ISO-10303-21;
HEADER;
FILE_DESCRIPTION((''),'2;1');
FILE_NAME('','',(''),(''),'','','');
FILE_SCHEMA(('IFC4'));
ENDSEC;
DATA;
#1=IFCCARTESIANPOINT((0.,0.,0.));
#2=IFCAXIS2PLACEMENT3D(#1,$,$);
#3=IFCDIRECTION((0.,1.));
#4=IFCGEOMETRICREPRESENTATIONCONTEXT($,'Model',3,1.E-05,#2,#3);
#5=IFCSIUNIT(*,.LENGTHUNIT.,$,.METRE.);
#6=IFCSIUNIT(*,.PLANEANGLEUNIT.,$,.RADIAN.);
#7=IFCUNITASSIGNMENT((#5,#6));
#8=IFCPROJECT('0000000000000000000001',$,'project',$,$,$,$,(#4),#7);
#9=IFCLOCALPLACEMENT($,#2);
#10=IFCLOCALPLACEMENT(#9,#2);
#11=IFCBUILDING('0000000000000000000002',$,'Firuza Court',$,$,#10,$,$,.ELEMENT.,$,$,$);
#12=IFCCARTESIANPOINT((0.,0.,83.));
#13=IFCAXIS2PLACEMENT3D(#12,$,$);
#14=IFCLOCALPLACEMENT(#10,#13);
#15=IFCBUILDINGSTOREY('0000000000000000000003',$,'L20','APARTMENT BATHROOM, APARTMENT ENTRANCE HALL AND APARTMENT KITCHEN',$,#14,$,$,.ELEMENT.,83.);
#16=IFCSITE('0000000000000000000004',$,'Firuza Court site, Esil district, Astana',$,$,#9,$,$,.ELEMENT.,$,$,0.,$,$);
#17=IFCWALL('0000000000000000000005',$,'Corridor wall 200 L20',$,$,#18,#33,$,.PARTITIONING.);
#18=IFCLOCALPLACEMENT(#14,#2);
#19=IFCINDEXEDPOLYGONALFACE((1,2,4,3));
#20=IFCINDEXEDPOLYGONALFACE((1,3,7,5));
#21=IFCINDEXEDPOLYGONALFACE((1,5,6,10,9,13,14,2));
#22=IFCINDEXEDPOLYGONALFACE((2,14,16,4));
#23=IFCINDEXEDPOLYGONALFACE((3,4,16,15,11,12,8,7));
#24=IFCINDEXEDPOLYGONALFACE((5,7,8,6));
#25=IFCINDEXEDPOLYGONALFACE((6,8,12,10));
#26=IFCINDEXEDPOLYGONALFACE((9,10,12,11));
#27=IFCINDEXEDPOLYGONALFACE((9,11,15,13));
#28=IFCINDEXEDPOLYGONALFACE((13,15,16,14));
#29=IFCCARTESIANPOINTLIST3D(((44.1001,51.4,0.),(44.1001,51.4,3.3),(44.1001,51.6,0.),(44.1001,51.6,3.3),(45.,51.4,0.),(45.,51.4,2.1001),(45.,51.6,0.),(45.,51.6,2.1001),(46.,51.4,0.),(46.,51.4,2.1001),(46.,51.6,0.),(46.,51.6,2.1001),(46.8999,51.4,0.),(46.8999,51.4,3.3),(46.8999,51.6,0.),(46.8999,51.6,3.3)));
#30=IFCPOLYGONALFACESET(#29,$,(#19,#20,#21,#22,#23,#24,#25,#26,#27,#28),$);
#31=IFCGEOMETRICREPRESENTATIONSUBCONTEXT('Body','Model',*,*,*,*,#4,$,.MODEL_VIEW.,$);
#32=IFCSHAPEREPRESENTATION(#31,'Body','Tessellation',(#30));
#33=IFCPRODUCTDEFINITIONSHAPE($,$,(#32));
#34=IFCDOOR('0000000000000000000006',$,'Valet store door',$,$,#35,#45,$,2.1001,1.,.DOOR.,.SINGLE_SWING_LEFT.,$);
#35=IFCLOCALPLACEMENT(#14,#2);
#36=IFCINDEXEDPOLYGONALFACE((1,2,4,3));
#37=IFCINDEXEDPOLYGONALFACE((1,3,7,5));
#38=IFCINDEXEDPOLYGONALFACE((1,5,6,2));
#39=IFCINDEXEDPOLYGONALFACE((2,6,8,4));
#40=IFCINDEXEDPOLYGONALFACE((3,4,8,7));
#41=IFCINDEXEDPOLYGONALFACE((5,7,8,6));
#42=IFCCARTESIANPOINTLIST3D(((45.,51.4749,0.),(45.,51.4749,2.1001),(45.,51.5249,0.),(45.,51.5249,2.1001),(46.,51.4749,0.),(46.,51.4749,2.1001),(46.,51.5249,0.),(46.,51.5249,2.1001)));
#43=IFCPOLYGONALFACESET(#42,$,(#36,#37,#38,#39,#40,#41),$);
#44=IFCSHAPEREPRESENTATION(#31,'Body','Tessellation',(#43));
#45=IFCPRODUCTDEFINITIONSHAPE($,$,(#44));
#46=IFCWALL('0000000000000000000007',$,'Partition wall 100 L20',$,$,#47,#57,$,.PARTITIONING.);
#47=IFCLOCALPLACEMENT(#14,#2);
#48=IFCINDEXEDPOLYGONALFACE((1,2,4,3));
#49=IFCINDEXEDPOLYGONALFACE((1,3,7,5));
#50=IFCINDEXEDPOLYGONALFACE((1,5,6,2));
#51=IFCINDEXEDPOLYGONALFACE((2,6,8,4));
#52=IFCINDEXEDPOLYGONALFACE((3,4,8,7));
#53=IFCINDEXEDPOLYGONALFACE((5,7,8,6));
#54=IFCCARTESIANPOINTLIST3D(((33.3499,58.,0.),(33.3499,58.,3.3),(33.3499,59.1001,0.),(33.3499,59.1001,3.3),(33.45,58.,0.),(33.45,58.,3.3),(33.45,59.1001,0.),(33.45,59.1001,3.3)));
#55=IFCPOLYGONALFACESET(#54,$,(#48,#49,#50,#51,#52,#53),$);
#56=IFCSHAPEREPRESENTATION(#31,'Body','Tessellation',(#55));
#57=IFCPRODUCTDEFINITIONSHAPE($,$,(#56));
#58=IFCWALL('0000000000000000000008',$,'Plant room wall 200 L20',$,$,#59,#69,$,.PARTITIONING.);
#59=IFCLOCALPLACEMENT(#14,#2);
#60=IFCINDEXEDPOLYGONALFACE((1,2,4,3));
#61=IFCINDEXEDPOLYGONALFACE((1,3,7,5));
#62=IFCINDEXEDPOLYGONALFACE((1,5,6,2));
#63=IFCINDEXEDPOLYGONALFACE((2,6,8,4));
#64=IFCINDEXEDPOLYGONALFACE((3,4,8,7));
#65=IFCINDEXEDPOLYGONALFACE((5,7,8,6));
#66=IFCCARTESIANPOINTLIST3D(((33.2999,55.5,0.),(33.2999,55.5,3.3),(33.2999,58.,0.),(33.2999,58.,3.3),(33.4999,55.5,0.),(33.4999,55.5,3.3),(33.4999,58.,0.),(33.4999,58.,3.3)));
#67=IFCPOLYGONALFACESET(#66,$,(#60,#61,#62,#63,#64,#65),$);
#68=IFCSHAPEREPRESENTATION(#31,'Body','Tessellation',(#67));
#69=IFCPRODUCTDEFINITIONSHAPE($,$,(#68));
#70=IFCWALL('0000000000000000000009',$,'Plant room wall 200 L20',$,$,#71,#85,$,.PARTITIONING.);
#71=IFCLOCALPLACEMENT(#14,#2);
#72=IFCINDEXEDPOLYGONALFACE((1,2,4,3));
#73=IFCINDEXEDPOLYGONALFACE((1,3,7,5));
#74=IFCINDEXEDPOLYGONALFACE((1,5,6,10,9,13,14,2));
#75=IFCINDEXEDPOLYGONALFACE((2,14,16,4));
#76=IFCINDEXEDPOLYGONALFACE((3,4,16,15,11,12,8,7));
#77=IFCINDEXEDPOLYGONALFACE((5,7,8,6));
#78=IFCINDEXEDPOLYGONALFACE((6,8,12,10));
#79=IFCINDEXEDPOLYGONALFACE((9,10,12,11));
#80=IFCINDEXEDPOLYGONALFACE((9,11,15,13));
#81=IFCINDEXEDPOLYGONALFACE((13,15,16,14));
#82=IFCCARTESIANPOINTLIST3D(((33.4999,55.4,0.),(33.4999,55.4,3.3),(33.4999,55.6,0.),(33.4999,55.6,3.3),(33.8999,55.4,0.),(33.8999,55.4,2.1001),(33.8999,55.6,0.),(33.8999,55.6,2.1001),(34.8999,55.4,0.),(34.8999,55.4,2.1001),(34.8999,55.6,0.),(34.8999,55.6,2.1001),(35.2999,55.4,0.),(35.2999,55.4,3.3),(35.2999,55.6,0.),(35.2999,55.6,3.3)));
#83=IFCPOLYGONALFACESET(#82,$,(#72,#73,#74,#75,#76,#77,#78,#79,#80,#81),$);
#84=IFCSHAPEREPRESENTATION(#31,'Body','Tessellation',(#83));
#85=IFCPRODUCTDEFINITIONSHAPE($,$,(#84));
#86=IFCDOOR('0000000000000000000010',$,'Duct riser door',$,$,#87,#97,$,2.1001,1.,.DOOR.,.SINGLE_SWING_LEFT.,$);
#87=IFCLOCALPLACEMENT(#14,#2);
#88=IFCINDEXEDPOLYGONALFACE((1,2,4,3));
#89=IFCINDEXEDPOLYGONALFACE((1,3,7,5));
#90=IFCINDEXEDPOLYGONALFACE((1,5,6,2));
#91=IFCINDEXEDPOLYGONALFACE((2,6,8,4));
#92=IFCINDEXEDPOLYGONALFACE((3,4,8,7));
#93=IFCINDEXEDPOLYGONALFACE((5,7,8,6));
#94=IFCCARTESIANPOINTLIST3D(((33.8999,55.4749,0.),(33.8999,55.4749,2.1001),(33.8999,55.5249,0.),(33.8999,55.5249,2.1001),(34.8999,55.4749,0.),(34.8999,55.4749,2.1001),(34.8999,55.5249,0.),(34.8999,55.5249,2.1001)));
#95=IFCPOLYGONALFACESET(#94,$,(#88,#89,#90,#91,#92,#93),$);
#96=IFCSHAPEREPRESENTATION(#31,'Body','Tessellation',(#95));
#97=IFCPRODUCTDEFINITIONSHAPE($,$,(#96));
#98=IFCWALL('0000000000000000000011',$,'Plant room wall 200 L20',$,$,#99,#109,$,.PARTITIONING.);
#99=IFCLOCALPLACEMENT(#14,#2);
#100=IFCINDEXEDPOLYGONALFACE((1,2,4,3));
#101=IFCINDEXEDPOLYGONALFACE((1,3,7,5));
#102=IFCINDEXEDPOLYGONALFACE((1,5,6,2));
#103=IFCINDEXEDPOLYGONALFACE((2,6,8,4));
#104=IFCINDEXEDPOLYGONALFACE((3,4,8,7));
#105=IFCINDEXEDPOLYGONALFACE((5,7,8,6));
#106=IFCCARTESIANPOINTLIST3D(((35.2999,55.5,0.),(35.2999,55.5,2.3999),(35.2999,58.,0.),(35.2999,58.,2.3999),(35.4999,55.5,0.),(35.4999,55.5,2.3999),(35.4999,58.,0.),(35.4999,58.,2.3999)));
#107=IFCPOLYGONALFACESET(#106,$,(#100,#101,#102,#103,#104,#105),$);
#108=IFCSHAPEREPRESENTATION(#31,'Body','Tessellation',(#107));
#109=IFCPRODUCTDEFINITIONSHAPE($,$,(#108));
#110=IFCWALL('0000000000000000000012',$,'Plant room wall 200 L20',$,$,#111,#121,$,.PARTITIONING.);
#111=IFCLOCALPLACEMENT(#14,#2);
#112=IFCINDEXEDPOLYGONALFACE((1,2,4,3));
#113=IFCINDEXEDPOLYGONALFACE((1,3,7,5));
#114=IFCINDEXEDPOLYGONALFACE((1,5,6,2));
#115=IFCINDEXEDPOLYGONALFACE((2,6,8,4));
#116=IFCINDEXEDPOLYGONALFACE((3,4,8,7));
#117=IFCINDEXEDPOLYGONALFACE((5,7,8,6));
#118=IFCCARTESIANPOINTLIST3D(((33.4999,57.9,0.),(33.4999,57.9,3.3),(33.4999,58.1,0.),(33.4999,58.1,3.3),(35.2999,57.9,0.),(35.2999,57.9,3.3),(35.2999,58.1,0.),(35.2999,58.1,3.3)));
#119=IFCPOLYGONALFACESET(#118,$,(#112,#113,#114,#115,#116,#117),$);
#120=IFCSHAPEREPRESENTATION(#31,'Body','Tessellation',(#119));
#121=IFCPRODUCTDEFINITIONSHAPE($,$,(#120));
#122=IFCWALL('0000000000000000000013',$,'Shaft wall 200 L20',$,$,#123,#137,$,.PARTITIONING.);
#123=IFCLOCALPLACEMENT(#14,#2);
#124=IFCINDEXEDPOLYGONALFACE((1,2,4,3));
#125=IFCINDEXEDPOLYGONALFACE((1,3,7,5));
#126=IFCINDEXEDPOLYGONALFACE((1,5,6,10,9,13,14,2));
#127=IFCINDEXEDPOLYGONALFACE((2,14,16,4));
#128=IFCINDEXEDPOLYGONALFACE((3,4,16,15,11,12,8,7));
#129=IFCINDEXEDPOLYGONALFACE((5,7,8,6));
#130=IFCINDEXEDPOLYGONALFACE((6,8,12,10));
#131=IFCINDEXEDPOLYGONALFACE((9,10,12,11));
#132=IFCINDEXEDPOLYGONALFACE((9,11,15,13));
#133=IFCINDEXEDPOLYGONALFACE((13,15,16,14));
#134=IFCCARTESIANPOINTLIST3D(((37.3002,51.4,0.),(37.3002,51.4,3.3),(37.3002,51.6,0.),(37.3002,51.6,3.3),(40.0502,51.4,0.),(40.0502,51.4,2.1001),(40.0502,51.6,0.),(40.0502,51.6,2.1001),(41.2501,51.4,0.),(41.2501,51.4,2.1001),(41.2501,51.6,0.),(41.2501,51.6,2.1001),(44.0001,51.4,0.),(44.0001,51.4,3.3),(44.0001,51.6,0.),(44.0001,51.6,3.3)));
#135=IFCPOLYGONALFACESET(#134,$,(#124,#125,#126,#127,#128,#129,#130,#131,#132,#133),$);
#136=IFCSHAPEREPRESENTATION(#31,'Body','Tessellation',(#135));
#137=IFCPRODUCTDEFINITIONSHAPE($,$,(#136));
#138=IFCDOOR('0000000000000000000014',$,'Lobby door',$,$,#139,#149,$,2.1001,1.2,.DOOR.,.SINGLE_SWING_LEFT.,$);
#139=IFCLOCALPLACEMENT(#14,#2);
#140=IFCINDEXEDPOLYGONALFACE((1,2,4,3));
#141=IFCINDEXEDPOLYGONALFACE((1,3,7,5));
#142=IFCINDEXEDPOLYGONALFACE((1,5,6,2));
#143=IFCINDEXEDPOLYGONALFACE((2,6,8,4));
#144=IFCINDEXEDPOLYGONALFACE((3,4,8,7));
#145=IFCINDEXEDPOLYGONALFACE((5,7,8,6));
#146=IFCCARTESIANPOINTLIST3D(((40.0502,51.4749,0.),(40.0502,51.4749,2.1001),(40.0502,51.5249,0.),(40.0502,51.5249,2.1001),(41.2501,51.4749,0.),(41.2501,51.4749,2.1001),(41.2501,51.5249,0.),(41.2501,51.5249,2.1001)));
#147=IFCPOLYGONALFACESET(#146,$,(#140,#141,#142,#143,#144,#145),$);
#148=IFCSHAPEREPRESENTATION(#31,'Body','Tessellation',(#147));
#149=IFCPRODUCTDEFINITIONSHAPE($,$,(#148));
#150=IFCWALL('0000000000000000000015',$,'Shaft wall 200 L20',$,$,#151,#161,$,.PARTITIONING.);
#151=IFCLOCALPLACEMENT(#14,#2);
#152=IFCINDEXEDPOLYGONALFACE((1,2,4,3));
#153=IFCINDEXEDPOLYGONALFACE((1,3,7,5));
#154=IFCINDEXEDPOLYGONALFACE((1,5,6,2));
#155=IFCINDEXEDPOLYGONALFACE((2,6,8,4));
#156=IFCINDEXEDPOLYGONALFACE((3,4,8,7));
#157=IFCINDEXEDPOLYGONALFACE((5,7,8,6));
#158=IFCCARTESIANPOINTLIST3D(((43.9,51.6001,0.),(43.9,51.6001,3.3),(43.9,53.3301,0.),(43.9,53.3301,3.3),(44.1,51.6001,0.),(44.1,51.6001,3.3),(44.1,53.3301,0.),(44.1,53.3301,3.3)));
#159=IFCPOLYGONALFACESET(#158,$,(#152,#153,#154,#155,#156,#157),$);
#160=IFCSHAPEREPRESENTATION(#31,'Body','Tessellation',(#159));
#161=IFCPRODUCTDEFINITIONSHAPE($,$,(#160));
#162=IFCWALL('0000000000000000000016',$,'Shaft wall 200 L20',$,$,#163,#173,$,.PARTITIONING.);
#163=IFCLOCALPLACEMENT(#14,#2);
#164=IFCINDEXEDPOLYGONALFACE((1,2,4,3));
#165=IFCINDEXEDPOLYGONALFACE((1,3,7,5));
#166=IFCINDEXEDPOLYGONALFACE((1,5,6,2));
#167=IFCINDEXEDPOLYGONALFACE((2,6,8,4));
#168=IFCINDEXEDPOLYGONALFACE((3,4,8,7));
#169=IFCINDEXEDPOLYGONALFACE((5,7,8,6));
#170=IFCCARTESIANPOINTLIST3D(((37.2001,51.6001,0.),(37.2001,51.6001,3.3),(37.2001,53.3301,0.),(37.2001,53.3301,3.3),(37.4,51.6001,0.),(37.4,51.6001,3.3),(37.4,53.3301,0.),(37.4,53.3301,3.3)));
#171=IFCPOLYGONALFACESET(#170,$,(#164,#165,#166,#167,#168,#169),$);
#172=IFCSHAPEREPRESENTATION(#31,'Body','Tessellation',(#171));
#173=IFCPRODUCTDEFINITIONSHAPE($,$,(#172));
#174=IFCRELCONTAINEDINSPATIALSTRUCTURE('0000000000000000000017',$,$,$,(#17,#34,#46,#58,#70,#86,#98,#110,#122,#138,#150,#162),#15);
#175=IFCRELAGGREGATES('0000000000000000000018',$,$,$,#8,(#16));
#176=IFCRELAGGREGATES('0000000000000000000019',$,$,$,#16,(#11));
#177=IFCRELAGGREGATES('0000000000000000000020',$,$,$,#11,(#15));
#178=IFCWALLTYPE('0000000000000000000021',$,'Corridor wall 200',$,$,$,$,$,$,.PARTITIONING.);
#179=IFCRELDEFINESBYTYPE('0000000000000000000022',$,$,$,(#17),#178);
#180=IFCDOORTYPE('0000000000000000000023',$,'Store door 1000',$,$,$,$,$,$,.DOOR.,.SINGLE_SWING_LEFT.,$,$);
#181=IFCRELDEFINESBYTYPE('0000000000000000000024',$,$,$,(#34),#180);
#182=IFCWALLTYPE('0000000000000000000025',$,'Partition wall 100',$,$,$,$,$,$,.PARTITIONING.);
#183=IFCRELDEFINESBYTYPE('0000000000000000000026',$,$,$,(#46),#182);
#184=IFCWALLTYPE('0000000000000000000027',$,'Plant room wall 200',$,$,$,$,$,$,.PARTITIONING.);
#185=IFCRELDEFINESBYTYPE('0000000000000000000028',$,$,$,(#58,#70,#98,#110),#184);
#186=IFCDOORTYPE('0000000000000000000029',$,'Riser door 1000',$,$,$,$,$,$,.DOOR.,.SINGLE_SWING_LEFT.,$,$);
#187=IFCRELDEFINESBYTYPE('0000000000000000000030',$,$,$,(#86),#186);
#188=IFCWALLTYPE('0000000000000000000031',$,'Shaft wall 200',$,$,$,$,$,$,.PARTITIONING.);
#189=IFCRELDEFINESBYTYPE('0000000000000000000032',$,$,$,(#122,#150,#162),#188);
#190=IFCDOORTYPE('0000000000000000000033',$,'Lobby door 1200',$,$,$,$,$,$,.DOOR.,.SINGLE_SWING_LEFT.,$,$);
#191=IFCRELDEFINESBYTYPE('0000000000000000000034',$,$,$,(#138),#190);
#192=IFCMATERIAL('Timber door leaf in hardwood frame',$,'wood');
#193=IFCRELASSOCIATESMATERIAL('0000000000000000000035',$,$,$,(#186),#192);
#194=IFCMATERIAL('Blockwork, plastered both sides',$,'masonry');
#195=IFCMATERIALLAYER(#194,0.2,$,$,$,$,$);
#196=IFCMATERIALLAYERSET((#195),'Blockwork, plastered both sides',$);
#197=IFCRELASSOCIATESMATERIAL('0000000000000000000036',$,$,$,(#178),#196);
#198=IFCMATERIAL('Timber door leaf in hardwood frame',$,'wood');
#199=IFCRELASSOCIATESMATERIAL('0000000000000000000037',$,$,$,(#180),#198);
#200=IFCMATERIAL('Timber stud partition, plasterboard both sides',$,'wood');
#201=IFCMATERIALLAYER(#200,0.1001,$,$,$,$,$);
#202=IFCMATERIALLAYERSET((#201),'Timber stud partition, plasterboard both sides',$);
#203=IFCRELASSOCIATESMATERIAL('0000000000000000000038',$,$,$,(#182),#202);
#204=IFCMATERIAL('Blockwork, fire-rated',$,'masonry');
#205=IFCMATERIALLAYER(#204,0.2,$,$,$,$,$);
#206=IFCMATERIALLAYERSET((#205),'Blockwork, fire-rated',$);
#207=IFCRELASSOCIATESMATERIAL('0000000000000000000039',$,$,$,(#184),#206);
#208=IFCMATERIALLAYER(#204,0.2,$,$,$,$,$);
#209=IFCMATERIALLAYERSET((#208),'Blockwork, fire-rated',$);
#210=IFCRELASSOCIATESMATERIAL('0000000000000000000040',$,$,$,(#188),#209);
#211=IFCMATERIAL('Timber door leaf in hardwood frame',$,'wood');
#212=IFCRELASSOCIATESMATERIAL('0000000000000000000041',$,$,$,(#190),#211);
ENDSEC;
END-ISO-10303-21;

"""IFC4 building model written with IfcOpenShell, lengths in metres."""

from ifc_helpers import new_model, si_unit, direction, frame, frame_2d, origin, place, context, subcontext, project, spatial, rectangle, extrude, material, layer, layer_set, type_object, element, fill, save


model = new_model("IFC4")

# Units and contexts
model_context = context("Model", 3, precision=1e-05, world=origin(), true_north=direction((0.0, 1.0)))
body_context = subcontext(model_context, "Body", "Model", "MODEL_VIEW")
ifc_project = project(units=[si_unit("LENGTHUNIT", "METRE"), si_unit("PLANEANGLEUNIT", "RADIAN")], contexts=[model_context])

# Site, building, storey
site_placement = place(None, origin())
site = spatial("IfcSite", under=ifc_project, at=site_placement, Name="Firuza Court site, Esil district, Astana", CompositionType="ELEMENT", RefElevation=0.0)
building_placement = place(site_placement, origin())
building = spatial("IfcBuilding", under=site, at=building_placement, Name="Firuza Court", CompositionType="ELEMENT")
storey_placement = place(building_placement, frame((0.0, 0.0, 83.0)))
storey = spatial("IfcBuildingStorey", under=building, at=storey_placement, Name="L20", Description="APARTMENT BATHROOM, APARTMENT ENTRANCE HALL AND APARTMENT KITCHEN", CompositionType="ELEMENT", Elevation=83.0)

# Wall, opening, door
ifc_material_1 = material(Name="Timber door leaf in hardwood frame", Category="wood")
door_type_1 = type_object("IfcDoorType", Name="Riser door 1000", OperationType="SINGLE_SWING_LEFT", PredefinedType="DOOR", material=ifc_material_1)
ifc_material_2 = material(Name="Blockwork, plastered both sides", Category="masonry")
ifc_layer_1 = layer(ifc_material_2, 0.2)
ifc_layer_set_1 = layer_set([ifc_layer_1], Name="Blockwork, plastered both sides")
wall_type_1 = type_object("IfcWallType", Name="Corridor wall 200", PredefinedType="PARTITIONING", material=ifc_layer_set_1)
wall_1_placement = place(storey_placement, frame((44.1001, 51.5, 0.0), z_axis=(0.0, 0.0, 1.0), x_axis=(1.0, 0.0, 0.0)))
wall_1 = element("IfcWall", 1, at=wall_1_placement, inside=storey, type_object=wall_type_1, Name="Corridor wall 200 L20", PredefinedType="PARTITIONING", context=body_context, shape_type="SweptSolid", body=[
    extrude(rectangle(XDim=2.7998, YDim=0.2, at=frame_2d((1.3999, 0.0))), origin(), (0.0, 0.0, 1.0), 3.3),
])
opening_1_placement = place(wall_1_placement, frame((0.8999, 0.0, 0.0)))
opening_1 = element("IfcOpeningElement", 2, at=opening_1_placement, cuts=wall_1, PredefinedType="OPENING", context=body_context, shape_type="SweptSolid", body=[
    extrude(rectangle(XDim=1.0, YDim=2.1001, at=frame_2d((0.5, 1.05))), frame((0.0, 0.1118, 0.0), z_axis=(0.0, -1.0, 0.0), x_axis=(1.0, 0.0, 0.0)), (0.0, 0.0, 1.0), 0.2239),
])
ifc_material_3 = material(Name="Timber door leaf in hardwood frame", Category="wood")
door_type_2 = type_object("IfcDoorType", Name="Store door 1000", OperationType="SINGLE_SWING_LEFT", PredefinedType="DOOR", material=ifc_material_3)
door_1_placement = place(opening_1_placement, origin())
door_1 = element("IfcDoor", 3, at=door_1_placement, inside=storey, type_object=door_type_2, Name="Valet store door", OperationType="SINGLE_SWING_LEFT", OverallHeight=2.1001, OverallWidth=1.0, PredefinedType="DOOR", context=body_context, shape_type="SweptSolid", body=[
    extrude(rectangle(XDim=1.0, YDim=2.1001, at=frame_2d((0.5, 1.05))), frame((0.0, 0.0249, 0.0), z_axis=(0.0, -1.0, 0.0), x_axis=(1.0, 0.0, 0.0)), (0.0, 0.0, 1.0), 0.05),
])
fill(opening_1, door_1)

# Walls
ifc_material_4 = material(Name="Timber stud partition, plasterboard both sides", Category="wood")
ifc_layer_2 = layer(ifc_material_4, 0.1001)
ifc_layer_set_2 = layer_set([ifc_layer_2], Name="Timber stud partition, plasterboard both sides")
wall_type_2 = type_object("IfcWallType", Name="Partition wall 100", PredefinedType="PARTITIONING", material=ifc_layer_set_2)
wall_2_placement = place(storey_placement, frame((33.3999, 58.0, 0.0), z_axis=(0.0, 0.0, 1.0), x_axis=(0.0, 1.0, 0.0)))
element("IfcWall", 4, at=wall_2_placement, inside=storey, type_object=wall_type_2, Name="Partition wall 100 L20", PredefinedType="PARTITIONING", context=body_context, shape_type="SweptSolid", body=[
    extrude(rectangle(XDim=1.1001, YDim=0.1001, at=frame_2d((0.55, 0.0))), origin(), (0.0, 0.0, 1.0), 3.3),
])
ifc_material_5 = material(Name="Blockwork, fire-rated", Category="masonry")
ifc_layer_3 = layer(ifc_material_5, 0.2)
ifc_layer_set_3 = layer_set([ifc_layer_3], Name="Blockwork, fire-rated")
wall_type_3 = type_object("IfcWallType", Name="Plant room wall 200", PredefinedType="PARTITIONING", material=ifc_layer_set_3)
wall_3_placement = place(storey_placement, frame((33.3999, 55.5, 0.0), z_axis=(0.0, 0.0, 1.0), x_axis=(0.0, 1.0, 0.0)))
element("IfcWall", 5, at=wall_3_placement, inside=storey, type_object=wall_type_3, Name="Plant room wall 200 L20", PredefinedType="PARTITIONING", context=body_context, shape_type="SweptSolid", body=[
    extrude(rectangle(XDim=2.5, YDim=0.2, at=frame_2d((1.25, 0.0))), origin(), (0.0, 0.0, 1.0), 3.3),
])

# Wall, opening, door
wall_4_placement = place(storey_placement, frame((33.5, 55.5, 0.0), z_axis=(0.0, 0.0, 1.0), x_axis=(1.0, 0.0, 0.0)))
wall_4 = element("IfcWall", 6, at=wall_4_placement, inside=storey, type_object=wall_type_3, Name="Plant room wall 200 L20", PredefinedType="PARTITIONING", context=body_context, shape_type="SweptSolid", body=[
    extrude(rectangle(XDim=1.8, YDim=0.2, at=frame_2d((0.8999, 0.0))), origin(), (0.0, 0.0, 1.0), 3.3),
])
opening_2_placement = place(wall_4_placement, frame((0.3999, 0.0, 0.0)))
opening_2 = element("IfcOpeningElement", 7, at=opening_2_placement, cuts=wall_4, PredefinedType="OPENING", context=body_context, shape_type="SweptSolid", body=[
    extrude(rectangle(XDim=1.0, YDim=2.1001, at=frame_2d((0.5, 1.05))), frame((0.0, 0.1118, 0.0), z_axis=(0.0, -1.0, 0.0), x_axis=(1.0, 0.0, 0.0)), (0.0, 0.0, 1.0), 0.2239),
])
door_2_placement = place(opening_2_placement, origin())
door_2 = element("IfcDoor", 8, at=door_2_placement, inside=storey, type_object=door_type_1, Name="Duct riser door", OperationType="SINGLE_SWING_LEFT", OverallHeight=2.1001, OverallWidth=1.0, PredefinedType="DOOR", context=body_context, shape_type="SweptSolid", body=[
    extrude(rectangle(XDim=1.0, YDim=2.1001, at=frame_2d((0.5, 1.05))), frame((0.0, 0.0249, 0.0), z_axis=(0.0, -1.0, 0.0), x_axis=(1.0, 0.0, 0.0)), (0.0, 0.0, 1.0), 0.05),
])
fill(opening_2, door_2)

# Walls
wall_5_placement = place(storey_placement, frame((35.3999, 55.5, 0.0), z_axis=(0.0, 0.0, 1.0), x_axis=(0.0, 1.0, 0.0)))
element("IfcWall", 9, at=wall_5_placement, inside=storey, type_object=wall_type_3, Name="Plant room wall 200 L20", PredefinedType="PARTITIONING", context=body_context, shape_type="SweptSolid", body=[
    extrude(rectangle(XDim=2.5, YDim=0.2, at=frame_2d((1.25, 0.0))), origin(), (0.0, 0.0, 1.0), 2.3999),
])
wall_6_placement = place(storey_placement, frame((33.5, 58.0, 0.0), z_axis=(0.0, 0.0, 1.0), x_axis=(1.0, 0.0, 0.0)))
element("IfcWall", 10, at=wall_6_placement, inside=storey, type_object=wall_type_3, Name="Plant room wall 200 L20", PredefinedType="PARTITIONING", context=body_context, shape_type="SweptSolid", body=[
    extrude(rectangle(XDim=1.8, YDim=0.2, at=frame_2d((0.8999, 0.0))), origin(), (0.0, 0.0, 1.0), 3.3),
])

# Wall, opening, door
ifc_layer_4 = layer(ifc_material_5, 0.2)
ifc_layer_set_4 = layer_set([ifc_layer_4], Name="Blockwork, fire-rated")
wall_type_4 = type_object("IfcWallType", Name="Shaft wall 200", PredefinedType="PARTITIONING", material=ifc_layer_set_4)
wall_7_placement = place(storey_placement, frame((37.3, 51.5, 0.0), z_axis=(0.0, 0.0, 1.0), x_axis=(1.0, 0.0, 0.0)))
wall_7 = element("IfcWall", 11, at=wall_7_placement, inside=storey, type_object=wall_type_4, Name="Shaft wall 200 L20", PredefinedType="PARTITIONING", context=body_context, shape_type="SweptSolid", body=[
    extrude(rectangle(XDim=6.7, YDim=0.2, at=frame_2d((3.3501, 0.0))), origin(), (0.0, 0.0, 1.0), 3.3),
])
opening_3_placement = place(wall_7_placement, frame((2.75, 0.0, 0.0)))
opening_3 = element("IfcOpeningElement", 12, at=opening_3_placement, cuts=wall_7, PredefinedType="OPENING", context=body_context, shape_type="SweptSolid", body=[
    extrude(rectangle(XDim=1.2, YDim=2.1001, at=frame_2d((0.6001, 1.05))), frame((0.0, 0.1118, 0.0), z_axis=(0.0, -1.0, 0.0), x_axis=(1.0, 0.0, 0.0)), (0.0, 0.0, 1.0), 0.2239),
])
ifc_material_6 = material(Name="Timber door leaf in hardwood frame", Category="wood")
door_type_3 = type_object("IfcDoorType", Name="Lobby door 1200", OperationType="SINGLE_SWING_LEFT", PredefinedType="DOOR", material=ifc_material_6)
door_3_placement = place(opening_3_placement, origin())
door_3 = element("IfcDoor", 13, at=door_3_placement, inside=storey, type_object=door_type_3, Name="Lobby door", OperationType="SINGLE_SWING_LEFT", OverallHeight=2.1001, OverallWidth=1.2, PredefinedType="DOOR", context=body_context, shape_type="SweptSolid", body=[
    extrude(rectangle(XDim=1.2, YDim=2.1001, at=frame_2d((0.6001, 1.05))), frame((0.0, 0.0249, 0.0), z_axis=(0.0, -1.0, 0.0), x_axis=(1.0, 0.0, 0.0)), (0.0, 0.0, 1.0), 0.05),
])
fill(opening_3, door_3)

# Walls
for number, where, z_axis, x_axis, name in (
    (14, (44.0, 51.6001, 0.0), (0.0, 0.0, 1.0), (0.0, 1.0, 0.0), "Shaft wall 200 L20"),
    (15, (37.3, 51.6001, 0.0), (0.0, 0.0, 1.0), (0.0, 1.0, 0.0), "Shaft wall 200 L20"),
):
    element("IfcWall", number, at=place(storey_placement, frame(where, z_axis=z_axis, x_axis=x_axis)), inside=storey, type_object=wall_type_4, Name=name, PredefinedType="PARTITIONING", context=body_context, shape_type="SweptSolid", body=[
        extrude(rectangle(XDim=1.73, YDim=0.2, at=frame_2d((0.865, 0.0))), origin(), (0.0, 0.0, 1.0), 3.3),
    ])

save(model, "model.ifc")
